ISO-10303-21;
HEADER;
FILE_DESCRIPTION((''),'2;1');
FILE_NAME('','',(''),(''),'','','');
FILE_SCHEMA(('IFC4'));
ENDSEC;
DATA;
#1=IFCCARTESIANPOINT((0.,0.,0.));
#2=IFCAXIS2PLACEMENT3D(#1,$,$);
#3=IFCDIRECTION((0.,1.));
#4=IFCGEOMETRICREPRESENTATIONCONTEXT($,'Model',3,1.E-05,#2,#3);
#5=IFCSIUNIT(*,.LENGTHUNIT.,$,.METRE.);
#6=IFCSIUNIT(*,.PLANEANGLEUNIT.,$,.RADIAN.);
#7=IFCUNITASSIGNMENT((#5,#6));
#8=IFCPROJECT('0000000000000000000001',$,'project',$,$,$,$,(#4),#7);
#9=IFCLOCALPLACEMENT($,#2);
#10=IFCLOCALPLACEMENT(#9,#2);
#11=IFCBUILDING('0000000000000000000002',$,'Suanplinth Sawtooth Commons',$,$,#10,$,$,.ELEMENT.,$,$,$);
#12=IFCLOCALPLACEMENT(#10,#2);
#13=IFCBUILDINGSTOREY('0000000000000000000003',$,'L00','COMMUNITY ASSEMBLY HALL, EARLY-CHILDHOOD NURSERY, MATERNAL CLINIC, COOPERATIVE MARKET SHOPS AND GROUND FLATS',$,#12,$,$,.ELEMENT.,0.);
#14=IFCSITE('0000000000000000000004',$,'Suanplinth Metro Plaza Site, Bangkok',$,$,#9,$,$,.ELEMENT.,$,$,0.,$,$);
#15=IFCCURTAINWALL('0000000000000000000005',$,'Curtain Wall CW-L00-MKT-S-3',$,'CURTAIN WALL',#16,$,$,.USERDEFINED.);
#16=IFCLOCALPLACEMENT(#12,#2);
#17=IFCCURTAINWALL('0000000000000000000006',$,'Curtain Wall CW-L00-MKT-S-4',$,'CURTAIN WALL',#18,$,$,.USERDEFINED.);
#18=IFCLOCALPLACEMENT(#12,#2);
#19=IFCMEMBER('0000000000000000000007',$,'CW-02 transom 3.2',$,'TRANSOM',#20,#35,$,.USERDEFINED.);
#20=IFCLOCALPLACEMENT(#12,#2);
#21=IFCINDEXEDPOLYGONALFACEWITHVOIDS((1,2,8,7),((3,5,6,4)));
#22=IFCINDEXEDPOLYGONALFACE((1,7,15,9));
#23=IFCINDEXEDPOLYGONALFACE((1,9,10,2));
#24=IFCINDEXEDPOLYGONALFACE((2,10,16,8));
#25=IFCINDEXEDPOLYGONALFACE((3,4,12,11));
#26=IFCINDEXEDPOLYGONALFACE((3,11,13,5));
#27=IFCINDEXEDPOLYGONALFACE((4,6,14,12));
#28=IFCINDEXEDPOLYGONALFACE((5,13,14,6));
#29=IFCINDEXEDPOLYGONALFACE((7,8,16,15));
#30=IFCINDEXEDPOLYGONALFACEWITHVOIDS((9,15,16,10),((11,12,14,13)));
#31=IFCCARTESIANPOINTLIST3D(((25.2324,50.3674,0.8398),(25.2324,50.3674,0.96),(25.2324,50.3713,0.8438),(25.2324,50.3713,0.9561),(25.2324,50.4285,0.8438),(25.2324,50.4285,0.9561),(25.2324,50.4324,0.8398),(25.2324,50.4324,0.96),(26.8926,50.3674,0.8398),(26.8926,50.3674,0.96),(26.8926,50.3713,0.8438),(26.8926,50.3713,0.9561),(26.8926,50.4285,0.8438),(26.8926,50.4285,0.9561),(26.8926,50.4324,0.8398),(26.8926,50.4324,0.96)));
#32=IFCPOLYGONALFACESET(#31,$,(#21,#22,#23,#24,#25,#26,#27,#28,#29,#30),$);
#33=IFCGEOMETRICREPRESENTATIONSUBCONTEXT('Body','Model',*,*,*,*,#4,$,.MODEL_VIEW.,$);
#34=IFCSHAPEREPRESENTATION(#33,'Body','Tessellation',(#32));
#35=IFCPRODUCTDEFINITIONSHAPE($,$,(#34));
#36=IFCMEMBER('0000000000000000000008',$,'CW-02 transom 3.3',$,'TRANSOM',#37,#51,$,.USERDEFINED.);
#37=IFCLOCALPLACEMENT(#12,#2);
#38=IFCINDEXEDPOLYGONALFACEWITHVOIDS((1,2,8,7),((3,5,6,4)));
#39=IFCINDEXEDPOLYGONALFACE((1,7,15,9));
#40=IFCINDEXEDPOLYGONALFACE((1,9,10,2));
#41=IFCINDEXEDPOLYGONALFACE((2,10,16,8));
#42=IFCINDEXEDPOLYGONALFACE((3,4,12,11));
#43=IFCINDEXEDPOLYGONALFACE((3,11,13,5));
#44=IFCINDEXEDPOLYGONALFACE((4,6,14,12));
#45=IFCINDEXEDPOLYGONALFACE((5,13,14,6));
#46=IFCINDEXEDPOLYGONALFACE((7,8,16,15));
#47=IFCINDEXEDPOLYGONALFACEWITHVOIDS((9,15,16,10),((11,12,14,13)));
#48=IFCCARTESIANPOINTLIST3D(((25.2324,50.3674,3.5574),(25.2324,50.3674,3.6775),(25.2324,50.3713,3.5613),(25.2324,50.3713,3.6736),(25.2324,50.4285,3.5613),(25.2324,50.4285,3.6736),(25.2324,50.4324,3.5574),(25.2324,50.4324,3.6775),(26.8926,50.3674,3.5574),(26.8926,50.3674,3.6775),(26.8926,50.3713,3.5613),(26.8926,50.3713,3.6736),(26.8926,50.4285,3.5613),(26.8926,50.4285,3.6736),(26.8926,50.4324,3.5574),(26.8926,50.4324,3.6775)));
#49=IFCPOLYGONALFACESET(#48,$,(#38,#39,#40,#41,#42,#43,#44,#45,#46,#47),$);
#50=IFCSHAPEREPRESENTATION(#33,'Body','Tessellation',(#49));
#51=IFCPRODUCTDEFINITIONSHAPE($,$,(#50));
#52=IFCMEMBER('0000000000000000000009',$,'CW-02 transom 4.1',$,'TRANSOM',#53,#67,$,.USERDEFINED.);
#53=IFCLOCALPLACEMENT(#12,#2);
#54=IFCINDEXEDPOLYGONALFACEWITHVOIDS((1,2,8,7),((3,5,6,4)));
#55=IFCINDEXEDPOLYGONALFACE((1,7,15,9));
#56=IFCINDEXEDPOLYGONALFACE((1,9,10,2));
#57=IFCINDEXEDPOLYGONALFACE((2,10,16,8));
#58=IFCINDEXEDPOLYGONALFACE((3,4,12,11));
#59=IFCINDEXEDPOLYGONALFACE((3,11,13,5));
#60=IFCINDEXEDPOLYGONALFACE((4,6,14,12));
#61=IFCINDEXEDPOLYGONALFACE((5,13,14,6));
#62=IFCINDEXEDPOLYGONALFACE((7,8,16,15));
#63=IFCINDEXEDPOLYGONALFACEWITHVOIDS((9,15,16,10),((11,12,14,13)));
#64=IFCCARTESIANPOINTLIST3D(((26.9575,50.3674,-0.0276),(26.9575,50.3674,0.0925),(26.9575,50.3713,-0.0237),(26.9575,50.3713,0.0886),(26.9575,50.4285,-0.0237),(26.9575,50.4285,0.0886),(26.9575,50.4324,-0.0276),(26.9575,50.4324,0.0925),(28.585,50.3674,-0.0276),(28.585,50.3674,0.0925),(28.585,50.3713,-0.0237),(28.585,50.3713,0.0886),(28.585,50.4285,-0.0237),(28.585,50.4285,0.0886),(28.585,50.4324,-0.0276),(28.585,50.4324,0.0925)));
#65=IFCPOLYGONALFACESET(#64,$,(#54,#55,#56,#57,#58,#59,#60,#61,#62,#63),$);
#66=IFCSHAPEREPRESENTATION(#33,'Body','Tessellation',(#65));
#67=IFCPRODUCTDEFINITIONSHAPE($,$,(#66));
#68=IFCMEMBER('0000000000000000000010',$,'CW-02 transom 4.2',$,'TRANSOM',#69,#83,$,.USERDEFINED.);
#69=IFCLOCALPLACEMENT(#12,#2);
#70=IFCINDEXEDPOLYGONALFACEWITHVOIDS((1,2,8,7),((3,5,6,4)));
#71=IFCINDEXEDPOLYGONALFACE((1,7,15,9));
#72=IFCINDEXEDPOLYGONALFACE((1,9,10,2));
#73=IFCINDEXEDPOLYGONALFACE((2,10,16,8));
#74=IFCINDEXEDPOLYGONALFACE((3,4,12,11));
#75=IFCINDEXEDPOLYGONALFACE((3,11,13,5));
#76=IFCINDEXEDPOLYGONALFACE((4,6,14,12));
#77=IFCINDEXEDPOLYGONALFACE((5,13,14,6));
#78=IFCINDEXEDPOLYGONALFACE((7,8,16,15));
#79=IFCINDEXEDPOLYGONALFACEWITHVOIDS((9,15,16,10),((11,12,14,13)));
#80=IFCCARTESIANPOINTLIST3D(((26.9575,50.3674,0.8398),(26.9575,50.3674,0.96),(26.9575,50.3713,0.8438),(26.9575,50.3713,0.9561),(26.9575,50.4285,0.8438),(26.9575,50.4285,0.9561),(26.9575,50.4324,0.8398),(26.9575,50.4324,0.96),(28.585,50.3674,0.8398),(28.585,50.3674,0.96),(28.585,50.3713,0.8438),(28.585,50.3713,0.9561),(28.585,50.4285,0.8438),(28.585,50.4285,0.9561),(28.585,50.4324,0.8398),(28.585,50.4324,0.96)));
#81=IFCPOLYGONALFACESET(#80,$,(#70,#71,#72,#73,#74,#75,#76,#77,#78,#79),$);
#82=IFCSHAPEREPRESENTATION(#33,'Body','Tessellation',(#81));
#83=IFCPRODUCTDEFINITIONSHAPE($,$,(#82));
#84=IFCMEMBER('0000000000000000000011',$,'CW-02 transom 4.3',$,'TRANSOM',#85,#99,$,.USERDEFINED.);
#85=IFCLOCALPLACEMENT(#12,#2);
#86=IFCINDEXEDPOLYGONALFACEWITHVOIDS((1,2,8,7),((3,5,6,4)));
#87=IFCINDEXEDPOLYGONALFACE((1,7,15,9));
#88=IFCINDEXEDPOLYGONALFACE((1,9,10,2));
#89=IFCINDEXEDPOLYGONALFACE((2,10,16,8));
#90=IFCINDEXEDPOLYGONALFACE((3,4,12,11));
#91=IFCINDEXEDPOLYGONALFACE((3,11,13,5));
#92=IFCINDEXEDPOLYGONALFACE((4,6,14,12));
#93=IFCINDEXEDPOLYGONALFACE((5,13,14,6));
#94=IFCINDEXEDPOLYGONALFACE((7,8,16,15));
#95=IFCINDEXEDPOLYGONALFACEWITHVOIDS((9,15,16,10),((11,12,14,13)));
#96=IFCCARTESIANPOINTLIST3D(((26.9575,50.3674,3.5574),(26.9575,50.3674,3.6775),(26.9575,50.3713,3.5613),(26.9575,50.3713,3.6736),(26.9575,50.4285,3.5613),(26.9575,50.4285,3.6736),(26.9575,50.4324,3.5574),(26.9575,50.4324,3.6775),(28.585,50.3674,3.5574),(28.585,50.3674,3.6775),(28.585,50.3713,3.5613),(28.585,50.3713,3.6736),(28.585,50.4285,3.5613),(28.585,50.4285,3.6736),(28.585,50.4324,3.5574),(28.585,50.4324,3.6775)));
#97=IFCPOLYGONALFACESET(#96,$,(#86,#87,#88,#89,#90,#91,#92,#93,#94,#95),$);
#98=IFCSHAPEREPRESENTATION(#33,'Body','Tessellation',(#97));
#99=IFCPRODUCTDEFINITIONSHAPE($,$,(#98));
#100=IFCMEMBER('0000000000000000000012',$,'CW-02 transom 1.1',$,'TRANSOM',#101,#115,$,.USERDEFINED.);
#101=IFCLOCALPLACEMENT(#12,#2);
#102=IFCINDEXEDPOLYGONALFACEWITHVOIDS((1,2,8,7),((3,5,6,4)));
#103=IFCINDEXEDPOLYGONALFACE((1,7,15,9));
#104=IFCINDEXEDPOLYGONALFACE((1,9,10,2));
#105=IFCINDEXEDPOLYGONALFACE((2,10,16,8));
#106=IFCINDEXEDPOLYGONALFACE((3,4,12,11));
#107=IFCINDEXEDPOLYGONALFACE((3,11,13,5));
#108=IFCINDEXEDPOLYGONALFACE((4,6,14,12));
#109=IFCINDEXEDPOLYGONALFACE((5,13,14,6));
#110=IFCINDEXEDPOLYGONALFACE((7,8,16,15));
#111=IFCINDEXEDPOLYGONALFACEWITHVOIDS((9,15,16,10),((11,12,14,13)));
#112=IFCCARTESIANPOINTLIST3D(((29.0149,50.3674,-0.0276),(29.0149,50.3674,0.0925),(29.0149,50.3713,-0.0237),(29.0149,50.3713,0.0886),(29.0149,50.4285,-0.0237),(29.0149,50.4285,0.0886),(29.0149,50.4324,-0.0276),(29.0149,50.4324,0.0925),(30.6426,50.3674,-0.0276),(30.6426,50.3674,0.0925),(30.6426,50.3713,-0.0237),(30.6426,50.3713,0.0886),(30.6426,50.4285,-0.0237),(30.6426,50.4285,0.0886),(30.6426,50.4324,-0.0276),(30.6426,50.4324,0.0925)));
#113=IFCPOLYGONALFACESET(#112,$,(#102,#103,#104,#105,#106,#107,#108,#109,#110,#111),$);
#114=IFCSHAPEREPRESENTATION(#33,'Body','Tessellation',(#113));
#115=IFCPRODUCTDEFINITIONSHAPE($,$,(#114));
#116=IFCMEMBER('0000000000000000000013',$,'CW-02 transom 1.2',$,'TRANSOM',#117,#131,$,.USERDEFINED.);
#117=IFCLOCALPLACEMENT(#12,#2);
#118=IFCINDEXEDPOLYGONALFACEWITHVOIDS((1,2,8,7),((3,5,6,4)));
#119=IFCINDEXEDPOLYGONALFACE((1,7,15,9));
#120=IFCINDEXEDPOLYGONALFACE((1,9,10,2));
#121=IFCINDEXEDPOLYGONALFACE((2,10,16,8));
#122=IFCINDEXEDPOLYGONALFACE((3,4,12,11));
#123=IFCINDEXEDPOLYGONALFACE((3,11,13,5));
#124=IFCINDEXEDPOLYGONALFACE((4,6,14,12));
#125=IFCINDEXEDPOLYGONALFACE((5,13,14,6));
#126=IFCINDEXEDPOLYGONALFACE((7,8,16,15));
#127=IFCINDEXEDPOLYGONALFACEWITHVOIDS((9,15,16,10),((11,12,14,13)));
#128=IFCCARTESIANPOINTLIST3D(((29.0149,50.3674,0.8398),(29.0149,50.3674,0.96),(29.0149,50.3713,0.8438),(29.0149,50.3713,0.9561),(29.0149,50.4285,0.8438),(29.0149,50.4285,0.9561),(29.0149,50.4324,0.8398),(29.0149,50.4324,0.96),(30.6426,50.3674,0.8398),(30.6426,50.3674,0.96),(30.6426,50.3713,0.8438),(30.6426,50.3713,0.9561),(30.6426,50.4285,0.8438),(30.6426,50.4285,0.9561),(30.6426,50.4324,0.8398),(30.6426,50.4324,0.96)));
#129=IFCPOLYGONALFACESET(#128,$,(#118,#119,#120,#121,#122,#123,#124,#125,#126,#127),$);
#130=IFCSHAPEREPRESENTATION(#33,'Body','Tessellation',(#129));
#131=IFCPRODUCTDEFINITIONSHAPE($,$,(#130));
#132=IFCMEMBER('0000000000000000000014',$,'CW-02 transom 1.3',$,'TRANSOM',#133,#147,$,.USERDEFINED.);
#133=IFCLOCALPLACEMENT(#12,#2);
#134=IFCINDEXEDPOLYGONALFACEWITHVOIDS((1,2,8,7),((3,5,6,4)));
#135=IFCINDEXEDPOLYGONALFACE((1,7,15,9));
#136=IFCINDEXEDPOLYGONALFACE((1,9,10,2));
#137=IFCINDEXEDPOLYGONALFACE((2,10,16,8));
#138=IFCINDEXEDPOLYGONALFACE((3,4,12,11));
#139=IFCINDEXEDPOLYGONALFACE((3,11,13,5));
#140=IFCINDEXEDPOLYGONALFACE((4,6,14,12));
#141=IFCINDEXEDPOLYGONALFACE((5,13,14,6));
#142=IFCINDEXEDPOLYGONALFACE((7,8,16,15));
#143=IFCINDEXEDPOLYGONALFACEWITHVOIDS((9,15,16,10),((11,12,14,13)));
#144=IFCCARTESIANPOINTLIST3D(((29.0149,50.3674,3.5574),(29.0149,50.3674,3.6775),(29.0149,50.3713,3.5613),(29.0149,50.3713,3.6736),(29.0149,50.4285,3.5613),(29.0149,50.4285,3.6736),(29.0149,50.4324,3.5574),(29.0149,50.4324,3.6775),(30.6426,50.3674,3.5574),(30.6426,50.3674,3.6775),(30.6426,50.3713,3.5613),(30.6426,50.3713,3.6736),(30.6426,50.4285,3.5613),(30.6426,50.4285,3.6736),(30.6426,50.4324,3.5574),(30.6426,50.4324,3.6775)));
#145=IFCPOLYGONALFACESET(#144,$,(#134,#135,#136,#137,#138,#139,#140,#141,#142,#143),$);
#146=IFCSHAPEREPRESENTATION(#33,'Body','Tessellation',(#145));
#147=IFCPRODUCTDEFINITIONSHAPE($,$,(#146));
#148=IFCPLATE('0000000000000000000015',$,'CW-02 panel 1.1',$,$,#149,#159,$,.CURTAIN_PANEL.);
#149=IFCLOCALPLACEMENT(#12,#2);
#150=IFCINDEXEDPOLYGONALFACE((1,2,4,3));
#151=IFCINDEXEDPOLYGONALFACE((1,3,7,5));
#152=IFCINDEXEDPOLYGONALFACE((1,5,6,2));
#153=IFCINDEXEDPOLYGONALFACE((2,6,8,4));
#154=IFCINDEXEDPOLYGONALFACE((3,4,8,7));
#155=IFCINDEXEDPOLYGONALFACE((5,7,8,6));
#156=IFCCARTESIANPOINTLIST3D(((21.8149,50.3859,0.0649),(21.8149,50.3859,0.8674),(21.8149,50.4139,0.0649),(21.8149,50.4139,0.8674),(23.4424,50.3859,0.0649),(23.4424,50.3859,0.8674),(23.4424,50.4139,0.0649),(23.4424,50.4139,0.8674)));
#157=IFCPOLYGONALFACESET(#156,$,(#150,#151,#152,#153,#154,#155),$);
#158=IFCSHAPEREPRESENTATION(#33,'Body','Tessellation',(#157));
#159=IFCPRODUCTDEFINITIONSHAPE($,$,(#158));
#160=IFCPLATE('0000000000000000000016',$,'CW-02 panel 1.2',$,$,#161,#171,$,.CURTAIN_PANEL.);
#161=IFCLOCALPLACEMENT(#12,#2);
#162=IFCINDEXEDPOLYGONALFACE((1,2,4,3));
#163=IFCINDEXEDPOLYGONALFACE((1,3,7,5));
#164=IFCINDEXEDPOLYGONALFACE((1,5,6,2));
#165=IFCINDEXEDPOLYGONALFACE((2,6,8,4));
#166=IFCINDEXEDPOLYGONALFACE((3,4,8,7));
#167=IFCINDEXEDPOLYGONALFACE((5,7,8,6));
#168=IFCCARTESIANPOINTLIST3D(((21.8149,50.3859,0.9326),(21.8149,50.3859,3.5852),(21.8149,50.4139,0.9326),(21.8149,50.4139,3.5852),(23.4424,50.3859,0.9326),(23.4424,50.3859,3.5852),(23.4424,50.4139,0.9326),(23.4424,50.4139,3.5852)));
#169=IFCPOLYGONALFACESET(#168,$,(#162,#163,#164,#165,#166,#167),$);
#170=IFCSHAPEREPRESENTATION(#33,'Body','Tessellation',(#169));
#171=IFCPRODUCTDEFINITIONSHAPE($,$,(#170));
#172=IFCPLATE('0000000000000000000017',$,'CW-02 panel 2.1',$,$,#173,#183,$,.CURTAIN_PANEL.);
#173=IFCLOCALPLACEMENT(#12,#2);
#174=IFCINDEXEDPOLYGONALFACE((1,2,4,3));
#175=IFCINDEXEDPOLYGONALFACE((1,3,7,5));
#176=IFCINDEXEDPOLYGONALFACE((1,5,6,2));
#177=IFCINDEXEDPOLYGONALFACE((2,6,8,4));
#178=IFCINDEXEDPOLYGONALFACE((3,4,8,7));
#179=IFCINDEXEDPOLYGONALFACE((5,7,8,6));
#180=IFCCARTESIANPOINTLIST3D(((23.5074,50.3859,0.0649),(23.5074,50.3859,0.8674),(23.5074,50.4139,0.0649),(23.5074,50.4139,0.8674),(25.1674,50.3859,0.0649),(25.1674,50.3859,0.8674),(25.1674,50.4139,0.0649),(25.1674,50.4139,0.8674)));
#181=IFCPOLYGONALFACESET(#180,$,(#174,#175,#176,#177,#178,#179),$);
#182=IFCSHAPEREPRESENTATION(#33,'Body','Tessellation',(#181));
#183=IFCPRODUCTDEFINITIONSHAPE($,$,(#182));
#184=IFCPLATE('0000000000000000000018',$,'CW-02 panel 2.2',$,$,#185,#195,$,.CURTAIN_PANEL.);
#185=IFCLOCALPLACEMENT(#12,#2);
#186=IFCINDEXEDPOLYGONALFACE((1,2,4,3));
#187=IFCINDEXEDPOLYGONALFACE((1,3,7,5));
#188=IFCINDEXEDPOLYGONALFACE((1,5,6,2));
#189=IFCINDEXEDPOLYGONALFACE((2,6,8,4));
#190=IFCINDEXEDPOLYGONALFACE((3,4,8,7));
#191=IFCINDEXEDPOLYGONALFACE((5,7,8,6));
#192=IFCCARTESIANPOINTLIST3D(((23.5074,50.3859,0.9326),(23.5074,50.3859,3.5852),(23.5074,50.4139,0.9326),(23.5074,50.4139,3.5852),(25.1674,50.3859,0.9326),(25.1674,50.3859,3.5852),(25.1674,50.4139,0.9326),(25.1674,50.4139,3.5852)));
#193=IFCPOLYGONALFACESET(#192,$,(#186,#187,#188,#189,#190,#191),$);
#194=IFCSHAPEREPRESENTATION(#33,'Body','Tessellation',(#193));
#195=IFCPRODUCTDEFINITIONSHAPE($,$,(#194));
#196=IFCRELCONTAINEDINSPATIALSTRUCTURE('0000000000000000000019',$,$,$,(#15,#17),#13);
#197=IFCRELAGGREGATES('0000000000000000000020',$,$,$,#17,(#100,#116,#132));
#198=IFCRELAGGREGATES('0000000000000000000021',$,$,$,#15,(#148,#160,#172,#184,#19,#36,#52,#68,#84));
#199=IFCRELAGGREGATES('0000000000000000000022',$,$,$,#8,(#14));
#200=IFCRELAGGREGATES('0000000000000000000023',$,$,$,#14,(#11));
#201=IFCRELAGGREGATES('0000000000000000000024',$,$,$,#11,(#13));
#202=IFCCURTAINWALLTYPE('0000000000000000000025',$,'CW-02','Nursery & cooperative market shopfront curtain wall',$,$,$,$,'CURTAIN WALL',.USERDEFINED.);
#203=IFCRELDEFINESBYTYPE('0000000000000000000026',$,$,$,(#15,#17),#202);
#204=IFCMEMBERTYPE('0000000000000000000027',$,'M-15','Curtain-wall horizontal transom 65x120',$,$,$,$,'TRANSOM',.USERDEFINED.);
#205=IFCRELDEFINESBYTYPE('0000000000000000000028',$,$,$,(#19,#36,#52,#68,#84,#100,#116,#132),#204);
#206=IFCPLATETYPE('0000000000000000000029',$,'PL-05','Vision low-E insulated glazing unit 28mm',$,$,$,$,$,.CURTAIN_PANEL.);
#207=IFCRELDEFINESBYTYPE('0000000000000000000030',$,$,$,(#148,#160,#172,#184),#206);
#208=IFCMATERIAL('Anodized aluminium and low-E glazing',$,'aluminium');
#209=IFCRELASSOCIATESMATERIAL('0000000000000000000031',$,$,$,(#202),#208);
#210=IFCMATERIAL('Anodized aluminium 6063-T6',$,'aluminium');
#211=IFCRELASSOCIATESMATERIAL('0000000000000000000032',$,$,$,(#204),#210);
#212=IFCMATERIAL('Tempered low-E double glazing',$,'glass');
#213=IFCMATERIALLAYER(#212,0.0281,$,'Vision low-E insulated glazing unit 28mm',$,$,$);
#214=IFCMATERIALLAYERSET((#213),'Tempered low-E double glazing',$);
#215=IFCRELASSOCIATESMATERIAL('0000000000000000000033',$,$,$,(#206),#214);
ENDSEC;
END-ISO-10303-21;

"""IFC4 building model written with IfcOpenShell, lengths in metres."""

from ifc_helpers import new_model, si_unit, direction, frame, origin, origin_2d, place, context, subcontext, project, spatial, rectangle, hollow_rectangle, extrude, material, layer, layer_set, material_profile, profile_set, type_object, element, aggregate, save


model = new_model("IFC4")

# Units and contexts
model_context = context("Model", 3, precision=1e-05, world=origin(), true_north=direction((0.0, 1.0)))
body_context = subcontext(model_context, "Body", "Model", "MODEL_VIEW")
ifc_project = project(units=[si_unit("LENGTHUNIT", "METRE"), si_unit("PLANEANGLEUNIT", "RADIAN")], contexts=[model_context])

# Site, building, storey
site_placement = place(None, origin())
site = spatial("IfcSite", under=ifc_project, at=site_placement, Name="Suanplinth Metro Plaza Site, Bangkok", CompositionType="ELEMENT", RefElevation=0.0)
building_placement = place(site_placement, origin())
building = spatial("IfcBuilding", under=site, at=building_placement, Name="Suanplinth Sawtooth Commons", CompositionType="ELEMENT")
storey_placement = place(building_placement, origin())
storey = spatial("IfcBuildingStorey", under=building, at=storey_placement, Name="L00", Description="COMMUNITY ASSEMBLY HALL, EARLY-CHILDHOOD NURSERY, MATERNAL CLINIC, COOPERATIVE MARKET SHOPS AND GROUND FLATS", CompositionType="ELEMENT", Elevation=0.0)

# Curtain wall
ifc_material_1 = material(Name="Anodized aluminium and low-E glazing", Category="aluminium")
curtain_wall_type = type_object("IfcCurtainWallType", Name="CW-02", Description="Nursery & cooperative market shopfront curtain wall", ElementType="CURTAIN WALL", PredefinedType="USERDEFINED", material=ifc_material_1)
curtain_wall_1_placement = place(storey_placement, origin())
curtain_wall_1 = element("IfcCurtainWall", 1, at=curtain_wall_1_placement, inside=storey, type_object=curtain_wall_type, Name="Curtain Wall CW-L00-MKT-S-3", ObjectType="CURTAIN WALL", PredefinedType="USERDEFINED")
ifc_material_2 = material(Name="Anodized aluminium 6063-T6", Category="aluminium")

# Curtain wall
curtain_wall_2_placement = place(storey_placement, origin())
curtain_wall_2 = element("IfcCurtainWall", 2, at=curtain_wall_2_placement, inside=storey, type_object=curtain_wall_type, Name="Curtain Wall CW-L00-MKT-S-4", ObjectType="CURTAIN WALL", PredefinedType="USERDEFINED")

# Members
ifc_material_profile_1 = material_profile(ifc_material_2, hollow_rectangle(XDim=0.0649, YDim=0.1201, WallThickness=0.0039, at=origin_2d()), Name="ALU-TRN 65x120")
ifc_profile_set_1 = profile_set([ifc_material_profile_1], Name="Anodized aluminium 6063-T6")
member_type_1 = type_object("IfcMemberType", Name="M-15", Description="Curtain-wall horizontal transom 65x120", ElementType="TRANSOM", PredefinedType="USERDEFINED", material=ifc_profile_set_1)
member_1_placement = place(storey_placement, frame((25.2324, 50.3999, 0.8999), z_axis=(1.0, 0.0, 0.0), x_axis=(0.0, 1.0, 0.0)))
member_1 = element("IfcMember", 3, at=member_1_placement, type_object=member_type_1, Name="CW-02 transom 3.2", ObjectType="TRANSOM", PredefinedType="USERDEFINED", context=body_context, shape_type="SweptSolid", body=[
    extrude(hollow_rectangle(XDim=0.0649, YDim=0.1201, WallThickness=0.0039, at=origin_2d()), origin(), (0.0, 0.0, 1.0), 1.6602),
])
member_2_placement = place(storey_placement, frame((25.2324, 50.3999, 3.6174), z_axis=(1.0, 0.0, 0.0), x_axis=(0.0, 1.0, 0.0)))
member_2 = element("IfcMember", 4, at=member_2_placement, type_object=member_type_1, Name="CW-02 transom 3.3", ObjectType="TRANSOM", PredefinedType="USERDEFINED", context=body_context, shape_type="SweptSolid", body=[
    extrude(hollow_rectangle(XDim=0.0649, YDim=0.1201, WallThickness=0.0039, at=origin_2d()), origin(), (0.0, 0.0, 1.0), 1.6602),
])
member_3_placement = place(storey_placement, frame((26.9575, 50.3999, 0.0325), z_axis=(1.0, 0.0, 0.0), x_axis=(0.0, 1.0, 0.0)))
member_3 = element("IfcMember", 5, at=member_3_placement, type_object=member_type_1, Name="CW-02 transom 4.1", ObjectType="TRANSOM", PredefinedType="USERDEFINED", context=body_context, shape_type="SweptSolid", body=[
    extrude(hollow_rectangle(XDim=0.0649, YDim=0.1201, WallThickness=0.0039, at=origin_2d()), origin(), (0.0, 0.0, 1.0), 1.6274),
])
member_4_placement = place(storey_placement, frame((26.9575, 50.3999, 0.8999), z_axis=(1.0, 0.0, 0.0), x_axis=(0.0, 1.0, 0.0)))
member_4 = element("IfcMember", 6, at=member_4_placement, type_object=member_type_1, Name="CW-02 transom 4.2", ObjectType="TRANSOM", PredefinedType="USERDEFINED", context=body_context, shape_type="SweptSolid", body=[
    extrude(hollow_rectangle(XDim=0.0649, YDim=0.1201, WallThickness=0.0039, at=origin_2d()), origin(), (0.0, 0.0, 1.0), 1.6274),
])
member_5_placement = place(storey_placement, frame((26.9575, 50.3999, 3.6174), z_axis=(1.0, 0.0, 0.0), x_axis=(0.0, 1.0, 0.0)))
member_5 = element("IfcMember", 7, at=member_5_placement, type_object=member_type_1, Name="CW-02 transom 4.3", ObjectType="TRANSOM", PredefinedType="USERDEFINED", context=body_context, shape_type="SweptSolid", body=[
    extrude(hollow_rectangle(XDim=0.0649, YDim=0.1201, WallThickness=0.0039, at=origin_2d()), origin(), (0.0, 0.0, 1.0), 1.6274),
])
member_6_placement = place(storey_placement, frame((29.0149, 50.3999, 0.0325), z_axis=(1.0, 0.0, 0.0), x_axis=(0.0, 1.0, 0.0)))
member_6 = element("IfcMember", 8, at=member_6_placement, type_object=member_type_1, Name="CW-02 transom 1.1", ObjectType="TRANSOM", PredefinedType="USERDEFINED", context=body_context, shape_type="SweptSolid", body=[
    extrude(hollow_rectangle(XDim=0.0649, YDim=0.1201, WallThickness=0.0039, at=origin_2d()), origin(), (0.0, 0.0, 1.0), 1.6277),
])
member_7_placement = place(storey_placement, frame((29.0149, 50.3999, 0.8999), z_axis=(1.0, 0.0, 0.0), x_axis=(0.0, 1.0, 0.0)))
member_7 = element("IfcMember", 9, at=member_7_placement, type_object=member_type_1, Name="CW-02 transom 1.2", ObjectType="TRANSOM", PredefinedType="USERDEFINED", context=body_context, shape_type="SweptSolid", body=[
    extrude(hollow_rectangle(XDim=0.0649, YDim=0.1201, WallThickness=0.0039, at=origin_2d()), origin(), (0.0, 0.0, 1.0), 1.6277),
])
member_8_placement = place(storey_placement, frame((29.0149, 50.3999, 3.6174), z_axis=(1.0, 0.0, 0.0), x_axis=(0.0, 1.0, 0.0)))
member_8 = element("IfcMember", 10, at=member_8_placement, type_object=member_type_1, Name="CW-02 transom 1.3", ObjectType="TRANSOM", PredefinedType="USERDEFINED", context=body_context, shape_type="SweptSolid", body=[
    extrude(hollow_rectangle(XDim=0.0649, YDim=0.1201, WallThickness=0.0039, at=origin_2d()), origin(), (0.0, 0.0, 1.0), 1.6277),
])
aggregate(curtain_wall_2, [member_6, member_7, member_8])

# Plates
ifc_material_3 = material(Name="Tempered low-E double glazing", Category="glass")
ifc_layer = layer(ifc_material_3, 0.0281, Name="Vision low-E insulated glazing unit 28mm")
ifc_layer_set = layer_set([ifc_layer], Name="Tempered low-E double glazing")
plate_type = type_object("IfcPlateType", Name="PL-05", Description="Vision low-E insulated glazing unit 28mm", PredefinedType="CURTAIN_PANEL", material=ifc_layer_set)
plate_1_placement = place(storey_placement, frame((22.6287, 50.3999, 0.0649), z_axis=(0.0, 0.0, 1.0), x_axis=(1.0, 0.0, 0.0)))
plate_1 = element("IfcPlate", 11, at=plate_1_placement, type_object=plate_type, Name="CW-02 panel 1.1", PredefinedType="CURTAIN_PANEL", context=body_context, shape_type="SweptSolid", body=[
    extrude(rectangle(XDim=1.6274, YDim=0.0281, at=origin_2d()), origin(), (0.0, 0.0, 1.0), 0.8025),
])
plate_2_placement = place(storey_placement, frame((22.6287, 50.3999, 0.9326), z_axis=(0.0, 0.0, 1.0), x_axis=(1.0, 0.0, 0.0)))
plate_2 = element("IfcPlate", 12, at=plate_2_placement, type_object=plate_type, Name="CW-02 panel 1.2", PredefinedType="CURTAIN_PANEL", context=body_context, shape_type="SweptSolid", body=[
    extrude(rectangle(XDim=1.6274, YDim=0.0281, at=origin_2d()), origin(), (0.0, 0.0, 1.0), 2.6526),
])
plate_3_placement = place(storey_placement, frame((24.3374, 50.3999, 0.0649), z_axis=(0.0, 0.0, 1.0), x_axis=(1.0, 0.0, 0.0)))
plate_3 = element("IfcPlate", 13, at=plate_3_placement, type_object=plate_type, Name="CW-02 panel 2.1", PredefinedType="CURTAIN_PANEL", context=body_context, shape_type="SweptSolid", body=[
    extrude(rectangle(XDim=1.6599, YDim=0.0281, at=origin_2d()), origin(), (0.0, 0.0, 1.0), 0.8025),
])
plate_4_placement = place(storey_placement, frame((24.3374, 50.3999, 0.9326), z_axis=(0.0, 0.0, 1.0), x_axis=(1.0, 0.0, 0.0)))
plate_4 = element("IfcPlate", 14, at=plate_4_placement, type_object=plate_type, Name="CW-02 panel 2.2", PredefinedType="CURTAIN_PANEL", context=body_context, shape_type="SweptSolid", body=[
    extrude(rectangle(XDim=1.6599, YDim=0.0281, at=origin_2d()), origin(), (0.0, 0.0, 1.0), 2.6526),
])
aggregate(curtain_wall_1, [plate_1, plate_2, plate_3, plate_4, member_1, member_2, member_3, member_4, member_5])

save(model, "model.ifc")
